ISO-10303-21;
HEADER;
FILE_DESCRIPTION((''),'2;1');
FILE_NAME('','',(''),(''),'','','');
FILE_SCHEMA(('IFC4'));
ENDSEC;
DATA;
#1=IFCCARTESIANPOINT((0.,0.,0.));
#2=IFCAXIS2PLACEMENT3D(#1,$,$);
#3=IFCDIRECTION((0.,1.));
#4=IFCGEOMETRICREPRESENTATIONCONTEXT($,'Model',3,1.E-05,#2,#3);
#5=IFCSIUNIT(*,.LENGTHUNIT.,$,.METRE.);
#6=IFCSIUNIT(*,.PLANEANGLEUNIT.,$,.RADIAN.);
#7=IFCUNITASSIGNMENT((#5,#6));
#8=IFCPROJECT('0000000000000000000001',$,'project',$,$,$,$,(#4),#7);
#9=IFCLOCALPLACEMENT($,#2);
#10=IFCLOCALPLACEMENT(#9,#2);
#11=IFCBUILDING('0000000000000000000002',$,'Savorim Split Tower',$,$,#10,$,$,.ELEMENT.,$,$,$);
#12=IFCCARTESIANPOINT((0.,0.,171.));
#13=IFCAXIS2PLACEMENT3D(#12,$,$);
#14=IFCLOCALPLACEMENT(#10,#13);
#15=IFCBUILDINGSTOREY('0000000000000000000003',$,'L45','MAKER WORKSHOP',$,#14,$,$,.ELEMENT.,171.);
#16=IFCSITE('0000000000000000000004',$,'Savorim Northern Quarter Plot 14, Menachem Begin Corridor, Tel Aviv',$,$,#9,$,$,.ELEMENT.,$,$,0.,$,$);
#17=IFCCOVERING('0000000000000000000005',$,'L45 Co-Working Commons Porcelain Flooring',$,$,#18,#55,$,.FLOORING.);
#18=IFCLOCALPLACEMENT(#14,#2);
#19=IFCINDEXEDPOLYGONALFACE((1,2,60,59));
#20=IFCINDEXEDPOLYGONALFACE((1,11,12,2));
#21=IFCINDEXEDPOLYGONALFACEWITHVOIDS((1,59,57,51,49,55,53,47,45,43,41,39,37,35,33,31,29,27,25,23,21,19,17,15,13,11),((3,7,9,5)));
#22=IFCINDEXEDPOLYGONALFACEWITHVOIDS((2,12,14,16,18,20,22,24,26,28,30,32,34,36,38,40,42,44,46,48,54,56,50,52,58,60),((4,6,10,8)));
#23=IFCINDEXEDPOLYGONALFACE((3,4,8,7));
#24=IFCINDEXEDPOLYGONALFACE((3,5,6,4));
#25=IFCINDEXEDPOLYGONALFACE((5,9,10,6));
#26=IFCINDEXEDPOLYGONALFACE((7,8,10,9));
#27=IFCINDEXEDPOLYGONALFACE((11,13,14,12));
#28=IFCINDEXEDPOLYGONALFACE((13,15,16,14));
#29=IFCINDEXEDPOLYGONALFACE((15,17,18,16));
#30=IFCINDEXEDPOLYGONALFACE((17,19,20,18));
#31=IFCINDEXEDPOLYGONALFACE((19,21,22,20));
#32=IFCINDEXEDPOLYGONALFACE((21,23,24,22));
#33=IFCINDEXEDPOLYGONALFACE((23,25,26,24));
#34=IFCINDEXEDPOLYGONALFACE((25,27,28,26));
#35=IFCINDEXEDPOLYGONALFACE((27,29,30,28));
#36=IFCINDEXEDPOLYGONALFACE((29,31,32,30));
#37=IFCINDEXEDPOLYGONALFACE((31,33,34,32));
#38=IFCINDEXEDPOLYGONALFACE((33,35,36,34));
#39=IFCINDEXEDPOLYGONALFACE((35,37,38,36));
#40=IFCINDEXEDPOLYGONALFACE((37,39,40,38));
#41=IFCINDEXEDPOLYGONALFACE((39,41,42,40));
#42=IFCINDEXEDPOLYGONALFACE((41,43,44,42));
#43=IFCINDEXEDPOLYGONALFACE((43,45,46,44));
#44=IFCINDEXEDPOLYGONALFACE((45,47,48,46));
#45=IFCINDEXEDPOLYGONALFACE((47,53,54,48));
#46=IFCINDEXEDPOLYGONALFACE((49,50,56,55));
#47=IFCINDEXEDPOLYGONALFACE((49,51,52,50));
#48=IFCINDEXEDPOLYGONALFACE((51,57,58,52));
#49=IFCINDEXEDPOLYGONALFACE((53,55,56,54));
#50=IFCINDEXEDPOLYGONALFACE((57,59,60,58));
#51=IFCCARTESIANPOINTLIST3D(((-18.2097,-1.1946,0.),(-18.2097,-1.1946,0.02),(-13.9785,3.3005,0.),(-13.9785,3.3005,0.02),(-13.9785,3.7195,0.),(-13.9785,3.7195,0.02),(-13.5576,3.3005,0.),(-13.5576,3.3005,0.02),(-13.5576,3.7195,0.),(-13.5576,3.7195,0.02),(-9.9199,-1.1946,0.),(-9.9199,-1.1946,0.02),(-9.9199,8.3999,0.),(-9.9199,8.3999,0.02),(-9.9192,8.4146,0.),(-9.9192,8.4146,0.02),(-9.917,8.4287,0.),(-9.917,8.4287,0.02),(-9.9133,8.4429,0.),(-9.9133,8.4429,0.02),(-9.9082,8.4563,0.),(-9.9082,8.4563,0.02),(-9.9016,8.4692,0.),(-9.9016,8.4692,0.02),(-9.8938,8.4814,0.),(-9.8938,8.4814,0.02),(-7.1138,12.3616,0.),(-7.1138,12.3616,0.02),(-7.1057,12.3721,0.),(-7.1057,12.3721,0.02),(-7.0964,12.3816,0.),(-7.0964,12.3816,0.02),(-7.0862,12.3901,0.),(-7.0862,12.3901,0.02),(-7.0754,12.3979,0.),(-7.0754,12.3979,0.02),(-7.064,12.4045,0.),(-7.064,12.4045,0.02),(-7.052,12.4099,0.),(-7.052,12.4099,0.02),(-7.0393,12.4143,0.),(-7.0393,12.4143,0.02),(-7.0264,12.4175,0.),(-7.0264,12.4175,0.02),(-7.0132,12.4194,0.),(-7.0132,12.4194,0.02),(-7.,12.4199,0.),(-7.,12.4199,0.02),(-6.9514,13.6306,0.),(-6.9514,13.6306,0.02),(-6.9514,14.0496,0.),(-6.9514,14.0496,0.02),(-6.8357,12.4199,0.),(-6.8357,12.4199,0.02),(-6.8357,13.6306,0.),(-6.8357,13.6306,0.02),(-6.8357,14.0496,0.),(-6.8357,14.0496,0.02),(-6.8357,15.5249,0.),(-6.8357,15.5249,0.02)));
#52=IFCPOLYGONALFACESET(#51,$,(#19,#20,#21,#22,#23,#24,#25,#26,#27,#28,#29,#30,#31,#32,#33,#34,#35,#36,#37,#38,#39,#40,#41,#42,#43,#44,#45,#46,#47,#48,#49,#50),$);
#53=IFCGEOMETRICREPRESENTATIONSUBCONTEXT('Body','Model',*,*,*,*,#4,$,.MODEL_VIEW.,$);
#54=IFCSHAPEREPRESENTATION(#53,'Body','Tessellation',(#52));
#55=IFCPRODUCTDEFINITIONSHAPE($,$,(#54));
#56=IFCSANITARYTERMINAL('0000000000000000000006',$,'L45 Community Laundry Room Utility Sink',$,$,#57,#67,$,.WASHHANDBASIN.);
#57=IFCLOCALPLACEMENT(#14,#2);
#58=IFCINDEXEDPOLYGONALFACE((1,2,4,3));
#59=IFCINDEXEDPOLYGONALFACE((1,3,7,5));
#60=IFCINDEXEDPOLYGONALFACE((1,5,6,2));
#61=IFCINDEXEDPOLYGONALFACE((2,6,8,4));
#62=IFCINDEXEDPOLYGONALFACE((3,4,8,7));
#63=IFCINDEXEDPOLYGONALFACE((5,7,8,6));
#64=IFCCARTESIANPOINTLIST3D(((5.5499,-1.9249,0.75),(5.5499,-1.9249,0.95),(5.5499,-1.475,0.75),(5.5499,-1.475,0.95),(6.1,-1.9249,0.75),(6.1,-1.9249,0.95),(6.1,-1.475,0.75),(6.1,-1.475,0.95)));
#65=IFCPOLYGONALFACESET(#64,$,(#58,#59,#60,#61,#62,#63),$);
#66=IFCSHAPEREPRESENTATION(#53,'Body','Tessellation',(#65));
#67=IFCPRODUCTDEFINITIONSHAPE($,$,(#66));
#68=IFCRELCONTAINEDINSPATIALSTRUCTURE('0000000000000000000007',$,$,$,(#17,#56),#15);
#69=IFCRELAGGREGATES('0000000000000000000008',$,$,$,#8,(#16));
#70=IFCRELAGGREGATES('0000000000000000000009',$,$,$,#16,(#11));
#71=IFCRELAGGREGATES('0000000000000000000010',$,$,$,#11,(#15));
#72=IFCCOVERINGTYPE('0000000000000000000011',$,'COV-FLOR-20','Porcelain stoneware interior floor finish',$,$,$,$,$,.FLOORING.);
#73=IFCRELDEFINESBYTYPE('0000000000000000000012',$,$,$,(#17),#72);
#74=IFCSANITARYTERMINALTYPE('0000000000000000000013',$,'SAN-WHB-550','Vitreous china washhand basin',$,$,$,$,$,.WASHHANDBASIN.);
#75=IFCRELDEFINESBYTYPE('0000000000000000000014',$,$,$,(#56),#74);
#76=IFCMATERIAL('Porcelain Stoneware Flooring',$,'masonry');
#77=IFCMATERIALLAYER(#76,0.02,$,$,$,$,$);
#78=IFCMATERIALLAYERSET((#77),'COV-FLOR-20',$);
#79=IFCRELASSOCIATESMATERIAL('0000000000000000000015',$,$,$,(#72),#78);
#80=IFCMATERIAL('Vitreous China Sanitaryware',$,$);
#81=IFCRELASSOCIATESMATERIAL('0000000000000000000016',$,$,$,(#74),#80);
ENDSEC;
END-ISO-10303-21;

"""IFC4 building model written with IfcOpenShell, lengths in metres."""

from ifc_helpers import new_model, si_unit, direction, frame, origin, origin_2d, place, context, subcontext, project, spatial, polyline, rectangle, outline, extrude, material, layer, layer_set, type_object, element, save


model = new_model("IFC4")

# Units and contexts
model_context = context("Model", 3, precision=1e-05, world=origin(), true_north=direction((0.0, 1.0)))
body_context = subcontext(model_context, "Body", "Model", "MODEL_VIEW")
ifc_project = project(units=[si_unit("LENGTHUNIT", "METRE"), si_unit("PLANEANGLEUNIT", "RADIAN")], contexts=[model_context])

# Site, building, storey
site_placement = place(None, origin())
site = spatial("IfcSite", under=ifc_project, at=site_placement, Name="Savorim Northern Quarter Plot 14, Menachem Begin Corridor, Tel Aviv", CompositionType="ELEMENT", RefElevation=0.0)
building_placement = place(site_placement, origin())
building = spatial("IfcBuilding", under=site, at=building_placement, Name="Savorim Split Tower", CompositionType="ELEMENT")
storey_placement = place(building_placement, frame((0.0, 0.0, 171.0)))
storey = spatial("IfcBuildingStorey", under=building, at=storey_placement, Name="L45", Description="MAKER WORKSHOP", CompositionType="ELEMENT", Elevation=171.0)

# Covering
ifc_material_1 = material(Name="Porcelain Stoneware Flooring", Category="masonry")
ifc_layer_1 = layer(ifc_material_1, 0.02)
ifc_layer_set_1 = layer_set([ifc_layer_1], Name="COV-FLOR-20")
covering_type_1 = type_object("IfcCoveringType", Name="COV-FLOR-20", Description="Porcelain stoneware interior floor finish", PredefinedType="FLOORING", material=ifc_layer_set_1)
covering_1_placement = place(storey_placement, origin())
element("IfcCovering", 1, at=covering_1_placement, inside=storey, type_object=covering_type_1, Name="L45 Co-Working Commons Porcelain Flooring", PredefinedType="FLOORING", context=body_context, shape_type="SweptSolid", body=[
    extrude(outline(polyline([(-6.9514, 14.0496), (-6.8357, 14.0496), (-6.8357, 15.5249), (-18.2097, -1.1946), (-9.9199, -1.1946), (-9.9199, 8.3999), (-9.9192, 8.4146), (-9.917, 8.4287), (-9.9133, 8.4429), (-9.9082, 8.4563), (-9.9016, 8.4692), (-9.8938, 8.4814), (-7.1138, 12.3616), (-7.1057, 12.3721), (-7.0964, 12.3816), (-7.0862, 12.3901), (-7.0754, 12.3979), (-7.064, 12.4045), (-7.052, 12.4099), (-7.0393, 12.4143), (-7.0264, 12.4175), (-7.0132, 12.4194), (-7.0, 12.4199), (-6.8357, 12.4199), (-6.8357, 13.6306), (-6.9514, 13.6306), (-6.9514, 14.0496)]), holes=[polyline([(-13.9785, 3.7195), (-13.9785, 3.3005), (-13.5576, 3.3005), (-13.5576, 3.7195), (-13.9785, 3.7195)])]), origin(), (0.0, 0.0, 1.0), 0.02),
])

# Sanitary terminal
ifc_material_2 = material(Name="Vitreous China Sanitaryware")
sanitary_terminal_type = type_object("IfcSanitaryTerminalType", Name="SAN-WHB-550", Description="Vitreous china washhand basin", PredefinedType="WASHHANDBASIN", material=ifc_material_2)
sanitary_terminal_placement = place(storey_placement, frame((5.825, -1.7, 0.75), z_axis=(0.0, 0.0, 1.0), x_axis=(1.0, 0.0, 0.0)))
element("IfcSanitaryTerminal", 2, at=sanitary_terminal_placement, inside=storey, type_object=sanitary_terminal_type, Name="L45 Community Laundry Room Utility Sink", PredefinedType="WASHHANDBASIN", context=body_context, shape_type="SweptSolid", body=[
    extrude(rectangle(XDim=0.55, YDim=0.45, at=origin_2d()), origin(), (0.0, 0.0, 1.0), 0.2),
])

save(model, "model.ifc")
